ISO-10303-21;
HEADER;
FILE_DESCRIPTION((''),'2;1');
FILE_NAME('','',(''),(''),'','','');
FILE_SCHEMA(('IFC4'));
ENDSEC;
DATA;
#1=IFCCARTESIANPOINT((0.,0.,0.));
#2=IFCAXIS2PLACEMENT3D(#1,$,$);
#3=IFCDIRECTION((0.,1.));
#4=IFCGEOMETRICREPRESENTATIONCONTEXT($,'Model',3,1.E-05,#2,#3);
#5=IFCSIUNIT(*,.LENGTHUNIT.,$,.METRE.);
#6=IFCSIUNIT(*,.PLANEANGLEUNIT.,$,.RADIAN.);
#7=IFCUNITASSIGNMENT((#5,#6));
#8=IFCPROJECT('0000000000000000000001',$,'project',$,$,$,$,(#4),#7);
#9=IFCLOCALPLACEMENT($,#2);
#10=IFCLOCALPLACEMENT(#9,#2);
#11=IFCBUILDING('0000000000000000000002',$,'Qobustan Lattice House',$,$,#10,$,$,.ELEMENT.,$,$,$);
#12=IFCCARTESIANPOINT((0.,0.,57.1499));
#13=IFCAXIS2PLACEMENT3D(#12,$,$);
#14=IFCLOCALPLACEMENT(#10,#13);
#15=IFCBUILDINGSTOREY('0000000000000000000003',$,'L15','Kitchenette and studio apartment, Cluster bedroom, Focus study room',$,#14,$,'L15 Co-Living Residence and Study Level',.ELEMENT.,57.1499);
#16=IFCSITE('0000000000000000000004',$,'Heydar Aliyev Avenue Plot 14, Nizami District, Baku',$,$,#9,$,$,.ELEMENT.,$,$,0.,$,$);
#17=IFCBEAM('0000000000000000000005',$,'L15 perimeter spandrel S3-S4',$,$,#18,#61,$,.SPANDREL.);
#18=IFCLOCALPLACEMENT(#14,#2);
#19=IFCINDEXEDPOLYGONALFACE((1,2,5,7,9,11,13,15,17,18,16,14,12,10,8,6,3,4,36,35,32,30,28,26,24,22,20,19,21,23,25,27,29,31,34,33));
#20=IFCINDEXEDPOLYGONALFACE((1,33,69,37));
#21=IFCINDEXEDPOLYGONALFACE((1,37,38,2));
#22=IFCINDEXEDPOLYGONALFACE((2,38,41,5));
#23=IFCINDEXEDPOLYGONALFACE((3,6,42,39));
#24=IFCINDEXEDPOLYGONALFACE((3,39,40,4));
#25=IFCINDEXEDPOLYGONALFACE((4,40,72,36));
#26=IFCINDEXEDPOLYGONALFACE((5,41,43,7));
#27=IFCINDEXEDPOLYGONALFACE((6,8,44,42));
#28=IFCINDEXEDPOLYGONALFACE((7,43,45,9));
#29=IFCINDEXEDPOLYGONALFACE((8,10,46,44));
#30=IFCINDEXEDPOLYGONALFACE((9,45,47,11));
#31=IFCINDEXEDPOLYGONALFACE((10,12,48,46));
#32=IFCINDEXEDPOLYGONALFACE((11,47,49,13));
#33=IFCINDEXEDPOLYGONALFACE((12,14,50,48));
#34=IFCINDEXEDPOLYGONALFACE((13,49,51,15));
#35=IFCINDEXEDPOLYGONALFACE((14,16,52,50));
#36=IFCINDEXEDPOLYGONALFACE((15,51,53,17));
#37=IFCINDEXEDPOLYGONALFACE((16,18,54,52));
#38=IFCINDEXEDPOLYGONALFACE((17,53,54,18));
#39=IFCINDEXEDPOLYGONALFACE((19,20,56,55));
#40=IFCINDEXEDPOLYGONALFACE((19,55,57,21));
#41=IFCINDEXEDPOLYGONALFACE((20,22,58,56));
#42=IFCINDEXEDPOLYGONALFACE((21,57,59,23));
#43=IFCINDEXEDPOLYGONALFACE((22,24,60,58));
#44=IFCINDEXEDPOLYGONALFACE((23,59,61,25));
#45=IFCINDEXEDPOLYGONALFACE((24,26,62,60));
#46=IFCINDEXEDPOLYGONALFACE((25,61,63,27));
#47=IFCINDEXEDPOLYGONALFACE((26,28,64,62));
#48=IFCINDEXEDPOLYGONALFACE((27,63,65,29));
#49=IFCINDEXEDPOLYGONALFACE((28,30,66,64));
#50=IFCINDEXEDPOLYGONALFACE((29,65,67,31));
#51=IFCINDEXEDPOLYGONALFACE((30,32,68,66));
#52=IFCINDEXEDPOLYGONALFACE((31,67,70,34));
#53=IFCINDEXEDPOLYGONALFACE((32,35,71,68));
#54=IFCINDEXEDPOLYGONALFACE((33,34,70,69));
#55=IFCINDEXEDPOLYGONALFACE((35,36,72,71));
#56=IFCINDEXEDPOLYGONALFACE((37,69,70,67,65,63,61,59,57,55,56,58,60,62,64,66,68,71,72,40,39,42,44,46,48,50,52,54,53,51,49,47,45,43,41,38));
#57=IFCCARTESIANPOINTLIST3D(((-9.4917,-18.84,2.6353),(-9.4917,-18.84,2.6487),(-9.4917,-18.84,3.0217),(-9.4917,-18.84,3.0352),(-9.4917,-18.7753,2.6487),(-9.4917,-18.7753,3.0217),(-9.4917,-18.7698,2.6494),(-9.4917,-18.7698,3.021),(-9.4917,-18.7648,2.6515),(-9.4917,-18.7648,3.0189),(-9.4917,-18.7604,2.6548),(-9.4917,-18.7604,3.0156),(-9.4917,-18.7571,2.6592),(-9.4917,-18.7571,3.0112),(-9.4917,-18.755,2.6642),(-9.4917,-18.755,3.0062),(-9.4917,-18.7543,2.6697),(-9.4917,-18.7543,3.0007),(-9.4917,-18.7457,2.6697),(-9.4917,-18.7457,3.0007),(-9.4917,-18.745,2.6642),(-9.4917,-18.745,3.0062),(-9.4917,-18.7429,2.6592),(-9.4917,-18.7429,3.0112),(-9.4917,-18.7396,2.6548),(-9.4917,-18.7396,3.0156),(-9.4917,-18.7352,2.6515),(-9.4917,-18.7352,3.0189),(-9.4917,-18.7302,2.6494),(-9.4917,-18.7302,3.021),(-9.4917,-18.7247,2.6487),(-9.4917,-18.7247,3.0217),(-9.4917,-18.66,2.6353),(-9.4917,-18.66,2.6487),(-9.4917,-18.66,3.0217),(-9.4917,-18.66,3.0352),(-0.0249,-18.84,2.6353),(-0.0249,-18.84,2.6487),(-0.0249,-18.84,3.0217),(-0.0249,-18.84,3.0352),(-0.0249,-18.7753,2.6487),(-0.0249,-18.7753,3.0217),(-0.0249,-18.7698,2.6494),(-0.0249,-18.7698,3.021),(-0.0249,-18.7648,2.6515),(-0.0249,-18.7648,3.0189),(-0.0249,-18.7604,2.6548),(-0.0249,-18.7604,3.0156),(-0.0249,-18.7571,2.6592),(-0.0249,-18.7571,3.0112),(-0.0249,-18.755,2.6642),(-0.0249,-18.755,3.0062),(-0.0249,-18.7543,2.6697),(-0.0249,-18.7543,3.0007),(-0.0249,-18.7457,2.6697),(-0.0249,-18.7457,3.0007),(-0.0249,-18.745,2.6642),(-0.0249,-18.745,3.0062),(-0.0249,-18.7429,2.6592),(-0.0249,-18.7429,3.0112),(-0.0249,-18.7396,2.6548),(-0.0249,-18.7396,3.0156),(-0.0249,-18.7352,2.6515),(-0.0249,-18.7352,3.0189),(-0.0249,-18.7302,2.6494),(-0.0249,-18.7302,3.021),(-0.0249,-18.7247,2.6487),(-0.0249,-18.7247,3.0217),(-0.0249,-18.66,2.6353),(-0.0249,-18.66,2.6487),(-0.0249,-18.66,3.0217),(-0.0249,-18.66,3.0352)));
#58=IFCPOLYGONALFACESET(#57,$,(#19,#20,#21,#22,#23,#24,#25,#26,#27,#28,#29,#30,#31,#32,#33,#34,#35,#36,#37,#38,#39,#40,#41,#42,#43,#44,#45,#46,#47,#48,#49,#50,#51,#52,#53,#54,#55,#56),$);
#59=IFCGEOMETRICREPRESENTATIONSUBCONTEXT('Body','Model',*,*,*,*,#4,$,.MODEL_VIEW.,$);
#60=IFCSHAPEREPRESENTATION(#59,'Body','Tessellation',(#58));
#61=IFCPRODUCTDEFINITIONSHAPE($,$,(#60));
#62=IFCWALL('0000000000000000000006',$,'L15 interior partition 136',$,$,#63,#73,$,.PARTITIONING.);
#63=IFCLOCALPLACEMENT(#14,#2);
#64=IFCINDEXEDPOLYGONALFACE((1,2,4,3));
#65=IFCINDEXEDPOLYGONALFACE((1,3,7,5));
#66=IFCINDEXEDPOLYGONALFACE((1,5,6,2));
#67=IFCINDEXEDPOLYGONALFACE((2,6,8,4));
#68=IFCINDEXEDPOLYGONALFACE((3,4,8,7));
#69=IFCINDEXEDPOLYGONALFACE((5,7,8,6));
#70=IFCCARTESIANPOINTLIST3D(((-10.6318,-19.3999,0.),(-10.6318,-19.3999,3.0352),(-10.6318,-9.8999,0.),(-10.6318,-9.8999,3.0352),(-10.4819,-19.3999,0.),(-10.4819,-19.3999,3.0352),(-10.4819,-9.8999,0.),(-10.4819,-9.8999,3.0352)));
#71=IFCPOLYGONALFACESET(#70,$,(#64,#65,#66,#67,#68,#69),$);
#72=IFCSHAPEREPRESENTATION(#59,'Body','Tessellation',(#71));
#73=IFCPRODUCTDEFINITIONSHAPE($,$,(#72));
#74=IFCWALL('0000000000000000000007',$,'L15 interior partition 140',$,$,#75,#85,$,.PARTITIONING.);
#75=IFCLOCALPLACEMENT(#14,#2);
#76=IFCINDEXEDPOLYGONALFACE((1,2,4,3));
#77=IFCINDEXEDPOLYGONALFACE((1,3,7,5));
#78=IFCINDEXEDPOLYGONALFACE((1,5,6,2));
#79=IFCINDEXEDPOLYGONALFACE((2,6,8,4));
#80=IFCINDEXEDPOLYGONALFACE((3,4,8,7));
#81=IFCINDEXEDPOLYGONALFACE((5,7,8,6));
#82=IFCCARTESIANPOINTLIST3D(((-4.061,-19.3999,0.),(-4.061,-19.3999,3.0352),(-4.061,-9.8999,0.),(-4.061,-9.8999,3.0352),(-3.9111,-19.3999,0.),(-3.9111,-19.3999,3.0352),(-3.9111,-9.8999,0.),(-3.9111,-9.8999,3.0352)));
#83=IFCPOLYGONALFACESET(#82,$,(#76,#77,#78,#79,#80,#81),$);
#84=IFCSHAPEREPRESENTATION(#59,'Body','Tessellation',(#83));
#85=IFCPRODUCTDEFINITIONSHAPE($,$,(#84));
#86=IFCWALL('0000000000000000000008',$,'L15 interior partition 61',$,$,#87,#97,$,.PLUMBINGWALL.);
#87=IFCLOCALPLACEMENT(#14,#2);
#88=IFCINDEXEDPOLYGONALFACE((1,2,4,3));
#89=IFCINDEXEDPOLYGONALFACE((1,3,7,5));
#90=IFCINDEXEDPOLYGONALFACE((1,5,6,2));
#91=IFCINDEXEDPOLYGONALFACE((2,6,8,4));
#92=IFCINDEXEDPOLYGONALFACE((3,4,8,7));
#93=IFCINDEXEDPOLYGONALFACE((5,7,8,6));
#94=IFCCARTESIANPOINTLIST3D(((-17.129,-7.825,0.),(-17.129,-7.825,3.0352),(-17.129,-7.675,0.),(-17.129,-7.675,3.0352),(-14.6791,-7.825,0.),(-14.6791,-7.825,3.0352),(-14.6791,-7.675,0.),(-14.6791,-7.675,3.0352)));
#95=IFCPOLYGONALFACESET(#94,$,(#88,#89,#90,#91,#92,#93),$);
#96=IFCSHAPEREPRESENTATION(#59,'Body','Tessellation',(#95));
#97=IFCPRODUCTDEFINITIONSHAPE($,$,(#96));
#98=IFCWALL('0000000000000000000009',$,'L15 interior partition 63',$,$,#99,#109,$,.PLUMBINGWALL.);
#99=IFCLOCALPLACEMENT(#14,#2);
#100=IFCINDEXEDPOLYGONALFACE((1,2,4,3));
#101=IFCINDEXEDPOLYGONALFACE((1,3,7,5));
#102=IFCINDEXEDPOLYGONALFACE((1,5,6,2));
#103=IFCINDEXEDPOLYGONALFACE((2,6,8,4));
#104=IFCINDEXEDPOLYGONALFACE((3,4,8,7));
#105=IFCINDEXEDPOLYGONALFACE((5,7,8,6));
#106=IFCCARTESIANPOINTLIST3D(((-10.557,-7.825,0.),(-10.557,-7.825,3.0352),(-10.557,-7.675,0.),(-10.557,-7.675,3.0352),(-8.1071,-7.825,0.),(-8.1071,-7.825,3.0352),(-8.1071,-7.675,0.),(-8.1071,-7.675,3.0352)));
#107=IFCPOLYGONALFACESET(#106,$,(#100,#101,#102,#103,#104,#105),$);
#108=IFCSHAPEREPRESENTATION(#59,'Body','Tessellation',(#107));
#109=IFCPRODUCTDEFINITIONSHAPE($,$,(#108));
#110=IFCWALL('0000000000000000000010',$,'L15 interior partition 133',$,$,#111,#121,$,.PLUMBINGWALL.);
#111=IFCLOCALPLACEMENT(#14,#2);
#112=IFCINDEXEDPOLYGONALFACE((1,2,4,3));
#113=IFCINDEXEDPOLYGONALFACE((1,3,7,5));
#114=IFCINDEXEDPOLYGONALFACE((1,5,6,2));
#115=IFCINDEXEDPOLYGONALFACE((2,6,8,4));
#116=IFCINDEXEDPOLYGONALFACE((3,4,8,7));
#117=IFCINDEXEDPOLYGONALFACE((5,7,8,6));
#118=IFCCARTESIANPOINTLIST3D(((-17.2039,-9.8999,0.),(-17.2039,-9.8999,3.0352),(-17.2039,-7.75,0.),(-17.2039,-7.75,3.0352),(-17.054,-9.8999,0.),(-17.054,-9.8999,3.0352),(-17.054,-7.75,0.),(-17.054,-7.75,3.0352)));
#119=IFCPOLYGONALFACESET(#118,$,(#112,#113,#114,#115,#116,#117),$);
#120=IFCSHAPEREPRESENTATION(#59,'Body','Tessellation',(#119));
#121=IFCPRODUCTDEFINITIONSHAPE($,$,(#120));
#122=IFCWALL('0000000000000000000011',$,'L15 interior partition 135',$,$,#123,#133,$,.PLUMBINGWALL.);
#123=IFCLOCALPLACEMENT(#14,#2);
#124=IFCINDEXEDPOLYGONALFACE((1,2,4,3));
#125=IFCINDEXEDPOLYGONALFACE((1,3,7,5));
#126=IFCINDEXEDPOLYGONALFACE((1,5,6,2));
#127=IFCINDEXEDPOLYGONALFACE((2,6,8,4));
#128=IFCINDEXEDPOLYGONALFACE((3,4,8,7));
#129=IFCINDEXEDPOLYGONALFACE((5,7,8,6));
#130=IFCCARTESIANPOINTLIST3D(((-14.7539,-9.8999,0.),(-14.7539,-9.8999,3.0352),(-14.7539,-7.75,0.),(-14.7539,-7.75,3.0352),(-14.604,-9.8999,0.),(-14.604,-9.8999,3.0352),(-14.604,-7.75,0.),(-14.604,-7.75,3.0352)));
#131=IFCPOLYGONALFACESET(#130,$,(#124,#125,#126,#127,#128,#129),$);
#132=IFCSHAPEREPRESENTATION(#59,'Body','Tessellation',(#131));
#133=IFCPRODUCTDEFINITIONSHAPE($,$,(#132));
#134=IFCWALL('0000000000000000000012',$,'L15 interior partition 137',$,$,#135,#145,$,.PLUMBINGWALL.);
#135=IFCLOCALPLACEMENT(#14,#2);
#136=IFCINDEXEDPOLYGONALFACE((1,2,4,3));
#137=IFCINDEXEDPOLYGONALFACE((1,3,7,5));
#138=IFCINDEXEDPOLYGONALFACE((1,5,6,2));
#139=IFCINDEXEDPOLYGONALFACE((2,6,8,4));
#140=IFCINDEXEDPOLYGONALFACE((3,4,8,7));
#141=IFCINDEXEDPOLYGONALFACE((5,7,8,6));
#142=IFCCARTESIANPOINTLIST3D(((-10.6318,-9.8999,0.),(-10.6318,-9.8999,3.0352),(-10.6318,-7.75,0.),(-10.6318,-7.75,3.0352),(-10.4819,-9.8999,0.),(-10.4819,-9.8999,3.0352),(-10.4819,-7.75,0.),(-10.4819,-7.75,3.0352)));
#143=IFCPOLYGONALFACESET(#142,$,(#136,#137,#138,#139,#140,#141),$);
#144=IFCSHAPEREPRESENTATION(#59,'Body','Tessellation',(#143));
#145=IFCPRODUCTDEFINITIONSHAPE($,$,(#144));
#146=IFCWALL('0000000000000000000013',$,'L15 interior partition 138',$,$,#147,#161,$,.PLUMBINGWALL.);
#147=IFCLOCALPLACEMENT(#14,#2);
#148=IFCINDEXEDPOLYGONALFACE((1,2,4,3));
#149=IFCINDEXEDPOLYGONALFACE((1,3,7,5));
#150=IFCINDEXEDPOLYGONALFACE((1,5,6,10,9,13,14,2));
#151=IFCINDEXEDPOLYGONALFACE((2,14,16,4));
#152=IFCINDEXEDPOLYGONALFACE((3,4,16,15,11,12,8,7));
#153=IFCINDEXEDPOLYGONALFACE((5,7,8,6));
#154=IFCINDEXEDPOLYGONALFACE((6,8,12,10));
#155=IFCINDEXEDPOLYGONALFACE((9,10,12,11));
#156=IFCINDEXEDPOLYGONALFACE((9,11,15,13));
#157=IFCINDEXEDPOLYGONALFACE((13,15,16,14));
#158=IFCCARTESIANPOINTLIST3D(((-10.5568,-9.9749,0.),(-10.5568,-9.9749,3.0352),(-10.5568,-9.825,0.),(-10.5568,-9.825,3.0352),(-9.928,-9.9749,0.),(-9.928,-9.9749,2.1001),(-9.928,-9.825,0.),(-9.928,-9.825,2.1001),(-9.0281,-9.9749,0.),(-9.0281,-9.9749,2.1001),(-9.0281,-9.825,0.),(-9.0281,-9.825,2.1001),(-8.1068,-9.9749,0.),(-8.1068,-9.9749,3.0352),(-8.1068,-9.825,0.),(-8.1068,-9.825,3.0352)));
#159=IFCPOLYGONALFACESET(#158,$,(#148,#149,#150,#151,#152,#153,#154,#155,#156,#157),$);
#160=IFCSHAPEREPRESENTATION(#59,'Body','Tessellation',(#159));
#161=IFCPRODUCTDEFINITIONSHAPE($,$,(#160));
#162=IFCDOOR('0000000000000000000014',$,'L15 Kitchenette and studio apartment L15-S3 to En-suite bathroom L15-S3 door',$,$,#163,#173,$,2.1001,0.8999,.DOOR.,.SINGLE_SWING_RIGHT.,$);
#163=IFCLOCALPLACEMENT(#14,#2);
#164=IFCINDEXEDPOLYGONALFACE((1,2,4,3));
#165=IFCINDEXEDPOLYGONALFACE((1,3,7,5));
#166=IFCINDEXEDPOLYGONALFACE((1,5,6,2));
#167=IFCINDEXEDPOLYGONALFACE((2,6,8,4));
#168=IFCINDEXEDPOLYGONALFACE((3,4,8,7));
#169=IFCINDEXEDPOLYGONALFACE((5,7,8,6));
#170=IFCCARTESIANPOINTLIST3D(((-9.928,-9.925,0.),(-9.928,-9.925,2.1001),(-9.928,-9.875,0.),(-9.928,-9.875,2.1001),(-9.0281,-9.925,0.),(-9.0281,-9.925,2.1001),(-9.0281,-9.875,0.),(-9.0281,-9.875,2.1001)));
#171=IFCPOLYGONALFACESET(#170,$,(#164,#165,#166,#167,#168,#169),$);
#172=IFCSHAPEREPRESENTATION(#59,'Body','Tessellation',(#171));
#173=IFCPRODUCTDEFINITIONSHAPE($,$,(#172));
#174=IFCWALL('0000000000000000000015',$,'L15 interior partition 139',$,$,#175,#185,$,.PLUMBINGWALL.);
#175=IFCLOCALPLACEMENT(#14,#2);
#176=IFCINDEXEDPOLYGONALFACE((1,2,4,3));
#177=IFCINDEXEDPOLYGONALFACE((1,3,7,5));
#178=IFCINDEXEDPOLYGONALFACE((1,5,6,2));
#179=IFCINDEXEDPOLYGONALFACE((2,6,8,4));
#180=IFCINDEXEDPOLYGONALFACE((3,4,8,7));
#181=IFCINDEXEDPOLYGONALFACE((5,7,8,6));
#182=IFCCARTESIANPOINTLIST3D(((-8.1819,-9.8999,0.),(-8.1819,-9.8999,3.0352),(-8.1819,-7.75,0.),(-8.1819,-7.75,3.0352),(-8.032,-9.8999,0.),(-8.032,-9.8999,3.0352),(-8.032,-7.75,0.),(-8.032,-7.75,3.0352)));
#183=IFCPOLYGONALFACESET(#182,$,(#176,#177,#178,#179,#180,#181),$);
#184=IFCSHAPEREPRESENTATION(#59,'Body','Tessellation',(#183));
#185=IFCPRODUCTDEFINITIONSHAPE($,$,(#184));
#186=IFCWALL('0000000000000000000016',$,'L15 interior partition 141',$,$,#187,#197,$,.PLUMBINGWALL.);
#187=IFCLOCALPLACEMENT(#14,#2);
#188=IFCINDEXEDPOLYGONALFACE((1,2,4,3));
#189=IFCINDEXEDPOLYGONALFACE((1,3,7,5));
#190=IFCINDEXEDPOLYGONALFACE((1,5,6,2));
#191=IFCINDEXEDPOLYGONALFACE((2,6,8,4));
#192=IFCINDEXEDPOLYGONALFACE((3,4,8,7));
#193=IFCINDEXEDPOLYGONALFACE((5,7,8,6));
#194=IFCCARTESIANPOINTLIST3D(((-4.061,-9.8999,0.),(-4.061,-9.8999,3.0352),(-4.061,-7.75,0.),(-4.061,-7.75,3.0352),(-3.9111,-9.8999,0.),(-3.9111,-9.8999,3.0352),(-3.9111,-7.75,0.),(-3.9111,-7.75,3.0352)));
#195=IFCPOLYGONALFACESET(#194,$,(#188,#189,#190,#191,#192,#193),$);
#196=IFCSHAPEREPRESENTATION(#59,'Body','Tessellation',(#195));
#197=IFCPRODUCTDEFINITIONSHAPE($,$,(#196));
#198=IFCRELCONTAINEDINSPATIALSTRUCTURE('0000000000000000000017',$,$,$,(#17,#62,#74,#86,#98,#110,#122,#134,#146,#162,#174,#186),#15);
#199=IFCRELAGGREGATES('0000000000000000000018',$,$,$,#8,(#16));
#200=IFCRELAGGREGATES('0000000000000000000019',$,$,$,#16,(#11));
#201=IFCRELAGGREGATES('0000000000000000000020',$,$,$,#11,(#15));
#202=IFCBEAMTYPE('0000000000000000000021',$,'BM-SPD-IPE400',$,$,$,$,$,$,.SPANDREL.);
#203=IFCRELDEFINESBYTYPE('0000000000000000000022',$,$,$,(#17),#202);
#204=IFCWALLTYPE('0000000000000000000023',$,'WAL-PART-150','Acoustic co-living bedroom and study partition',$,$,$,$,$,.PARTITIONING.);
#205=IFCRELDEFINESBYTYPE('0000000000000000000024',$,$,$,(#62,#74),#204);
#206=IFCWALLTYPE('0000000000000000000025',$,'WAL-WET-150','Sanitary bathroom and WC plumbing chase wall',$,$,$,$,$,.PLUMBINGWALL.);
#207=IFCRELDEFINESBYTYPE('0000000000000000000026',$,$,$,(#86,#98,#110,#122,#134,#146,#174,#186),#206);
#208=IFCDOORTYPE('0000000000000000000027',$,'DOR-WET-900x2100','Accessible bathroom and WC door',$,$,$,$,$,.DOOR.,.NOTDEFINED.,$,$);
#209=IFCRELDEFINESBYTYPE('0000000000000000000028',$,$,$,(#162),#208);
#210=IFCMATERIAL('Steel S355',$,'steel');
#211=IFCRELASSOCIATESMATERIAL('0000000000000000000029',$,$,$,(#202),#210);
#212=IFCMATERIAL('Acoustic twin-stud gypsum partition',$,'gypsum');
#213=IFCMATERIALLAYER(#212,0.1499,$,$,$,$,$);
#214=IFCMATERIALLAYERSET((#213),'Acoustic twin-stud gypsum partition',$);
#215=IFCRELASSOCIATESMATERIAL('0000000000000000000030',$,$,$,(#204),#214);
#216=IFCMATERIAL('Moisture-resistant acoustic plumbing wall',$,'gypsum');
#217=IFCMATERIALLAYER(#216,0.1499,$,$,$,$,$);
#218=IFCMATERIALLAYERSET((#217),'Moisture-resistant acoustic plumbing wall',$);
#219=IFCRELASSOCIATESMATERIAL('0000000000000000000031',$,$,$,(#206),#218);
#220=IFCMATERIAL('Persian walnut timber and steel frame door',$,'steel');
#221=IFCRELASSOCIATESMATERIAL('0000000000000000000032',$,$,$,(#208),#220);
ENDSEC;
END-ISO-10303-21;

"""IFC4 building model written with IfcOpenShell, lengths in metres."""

from ifc_helpers import new_model, si_unit, direction, frame, frame_2d, origin, origin_2d, place, context, subcontext, project, spatial, rectangle, i_section, extrude, material, layer, layer_set, material_profile, profile_set, type_object, element, fill, save


model = new_model("IFC4")

# Units and contexts
model_context = context("Model", 3, precision=1e-05, world=origin(), true_north=direction((0.0, 1.0)))
body_context = subcontext(model_context, "Body", "Model", "MODEL_VIEW")
ifc_project = project(units=[si_unit("LENGTHUNIT", "METRE"), si_unit("PLANEANGLEUNIT", "RADIAN")], contexts=[model_context])

# Site, building, storey
site_placement = place(None, origin())
site = spatial("IfcSite", under=ifc_project, at=site_placement, Name="Heydar Aliyev Avenue Plot 14, Nizami District, Baku", CompositionType="ELEMENT", RefElevation=0.0)
building_placement = place(site_placement, origin())
building = spatial("IfcBuilding", under=site, at=building_placement, Name="Qobustan Lattice House", CompositionType="ELEMENT")
storey_placement = place(building_placement, frame((0.0, 0.0, 57.1499)))
storey = spatial("IfcBuildingStorey", under=building, at=storey_placement, Name="L15", Description="Kitchenette and studio apartment, Cluster bedroom, Focus study room", LongName="L15 Co-Living Residence and Study Level", CompositionType="ELEMENT", Elevation=57.1499)

# Beam
ifc_material_1 = material(Name="Steel S355", Category="steel")
ifc_material_profile_1 = material_profile(ifc_material_1, i_section(OverallWidth=0.1799, OverallDepth=0.3999, WebThickness=0.0085, FlangeThickness=0.0134, FilletRadius=0.021, at=origin_2d()), Name="IPE400")
ifc_profile_set_1 = profile_set([ifc_material_profile_1], Name="Steel S355")
beam_type_1 = type_object("IfcBeamType", Name="BM-SPD-IPE400", PredefinedType="SPANDREL", material=ifc_profile_set_1)
beam_1_placement = place(storey_placement, frame((-9.4917, -18.75, 2.8352), z_axis=(1.0, 0.0, 0.0), x_axis=(0.0, 1.0, 0.0)))
element("IfcBeam", 1, at=beam_1_placement, inside=storey, type_object=beam_type_1, Name="L15 perimeter spandrel S3-S4", PredefinedType="SPANDREL", context=body_context, shape_type="SweptSolid", body=[
    extrude(i_section(OverallWidth=0.1799, OverallDepth=0.3999, WebThickness=0.0085, FlangeThickness=0.0134, FilletRadius=0.021, at=origin_2d()), origin(), (0.0, 0.0, 1.0), 9.4668),
])

# Walls
ifc_material_2 = material(Name="Acoustic twin-stud gypsum partition", Category="gypsum")
ifc_layer_1 = layer(ifc_material_2, 0.1499)
ifc_layer_set_1 = layer_set([ifc_layer_1], Name="Acoustic twin-stud gypsum partition")
wall_type_1 = type_object("IfcWallType", Name="WAL-PART-150", Description="Acoustic co-living bedroom and study partition", PredefinedType="PARTITIONING", material=ifc_layer_set_1)
for number, where, z_axis, x_axis, name in (
    (2, (-10.5569, -9.8999, 0.0), (0.0, 0.0, 1.0), (0.0, -1.0, 0.0), "L15 interior partition 136"),
    (3, (-3.9861, -9.8999, 0.0), (0.0, 0.0, 1.0), (0.0, -1.0, 0.0), "L15 interior partition 140"),
):
    element("IfcWall", number, at=place(storey_placement, frame(where, z_axis=z_axis, x_axis=x_axis)), inside=storey, type_object=wall_type_1, Name=name, PredefinedType="PARTITIONING", context=body_context, shape_type="SweptSolid", body=[
        extrude(rectangle(XDim=9.5, YDim=0.1499, at=frame_2d((4.75, 0.0))), origin(), (0.0, 0.0, 1.0), 3.0352),
    ])
ifc_material_3 = material(Name="Moisture-resistant acoustic plumbing wall", Category="gypsum")
ifc_layer_2 = layer(ifc_material_3, 0.1499)
ifc_layer_set_2 = layer_set([ifc_layer_2], Name="Moisture-resistant acoustic plumbing wall")
wall_type_2 = type_object("IfcWallType", Name="WAL-WET-150", Description="Sanitary bathroom and WC plumbing chase wall", PredefinedType="PLUMBINGWALL", material=ifc_layer_set_2)
for number, where, z_axis, x_axis, name in (
    (4, (-14.679, -7.75, 0.0), (0.0, 0.0, 1.0), (-1.0, 0.0, 0.0), "L15 interior partition 61"),
    (5, (-8.1069, -7.75, 0.0), (0.0, 0.0, 1.0), (-1.0, 0.0, 0.0), "L15 interior partition 63"),
):
    element("IfcWall", number, at=place(storey_placement, frame(where, z_axis=z_axis, x_axis=x_axis)), inside=storey, type_object=wall_type_2, Name=name, PredefinedType="PLUMBINGWALL", context=body_context, shape_type="SweptSolid", body=[
        extrude(rectangle(XDim=2.45, YDim=0.1499, at=frame_2d((1.2251, 0.0))), origin(), (0.0, 0.0, 1.0), 3.0352),
    ])
for number, where, z_axis, x_axis, name in (
    (6, (-17.1289, -7.75, 0.0), (0.0, 0.0, 1.0), (0.0, -1.0, 0.0), "L15 interior partition 133"),
    (7, (-14.679, -9.8999, 0.0), (0.0, 0.0, 1.0), (0.0, 1.0, 0.0), "L15 interior partition 135"),
    (8, (-10.5569, -7.75, 0.0), (0.0, 0.0, 1.0), (0.0, -1.0, 0.0), "L15 interior partition 137"),
):
    element("IfcWall", number, at=place(storey_placement, frame(where, z_axis=z_axis, x_axis=x_axis)), inside=storey, type_object=wall_type_2, Name=name, PredefinedType="PLUMBINGWALL", context=body_context, shape_type="SweptSolid", body=[
        extrude(rectangle(XDim=2.1499, YDim=0.1499, at=frame_2d((1.075, 0.0))), origin(), (0.0, 0.0, 1.0), 3.0352),
    ])

# Wall, opening, door
wall_1_placement = place(storey_placement, frame((-10.5569, -9.8999, 0.0), z_axis=(0.0, 0.0, 1.0), x_axis=(1.0, 0.0, 0.0)))
wall_1 = element("IfcWall", 9, at=wall_1_placement, inside=storey, type_object=wall_type_2, Name="L15 interior partition 138", PredefinedType="PLUMBINGWALL", context=body_context, shape_type="SweptSolid", body=[
    extrude(rectangle(XDim=2.45, YDim=0.1499, at=frame_2d((1.2251, 0.0))), origin(), (0.0, 0.0, 1.0), 3.0352),
])
opening_1_placement = place(wall_1_placement, frame((0.6289, 0.0, 0.0)))
opening_1 = element("IfcOpeningElement", 10, at=opening_1_placement, cuts=wall_1, PredefinedType="OPENING", context=body_context, shape_type="SweptSolid", body=[
    extrude(rectangle(XDim=0.8999, YDim=2.1001, at=frame_2d((0.45, 1.05))), frame((0.0, 0.085, 0.0), z_axis=(0.0, -1.0, 0.0), x_axis=(1.0, 0.0, 0.0)), (0.0, 0.0, 1.0), 0.1699),
])
ifc_material_4 = material(Name="Persian walnut timber and steel frame door", Category="steel")
door_type_1 = type_object("IfcDoorType", Name="DOR-WET-900x2100", Description="Accessible bathroom and WC door", OperationType="NOTDEFINED", PredefinedType="DOOR", material=ifc_material_4)
door_1_placement = place(opening_1_placement, origin())
door_1 = element("IfcDoor", 11, at=door_1_placement, inside=storey, type_object=door_type_1, Name="L15 Kitchenette and studio apartment L15-S3 to En-suite bathroom L15-S3 door", OperationType="SINGLE_SWING_RIGHT", OverallHeight=2.1001, OverallWidth=0.8999, PredefinedType="DOOR", context=body_context, shape_type="SweptSolid", body=[
    extrude(rectangle(XDim=0.8999, YDim=2.1001, at=frame_2d((0.45, 1.05))), frame((0.0, 0.0249, 0.0), z_axis=(0.0, -1.0, 0.0), x_axis=(1.0, 0.0, 0.0)), (0.0, 0.0, 1.0), 0.05),
])
fill(opening_1, door_1)

# Walls
for number, where, z_axis, x_axis, name in (
    (12, (-8.1069, -9.8999, 0.0), (0.0, 0.0, 1.0), (0.0, 1.0, 0.0), "L15 interior partition 139"),
    (13, (-3.9861, -7.75, 0.0), (0.0, 0.0, 1.0), (0.0, -1.0, 0.0), "L15 interior partition 141"),
):
    element("IfcWall", number, at=place(storey_placement, frame(where, z_axis=z_axis, x_axis=x_axis)), inside=storey, type_object=wall_type_2, Name=name, PredefinedType="PLUMBINGWALL", context=body_context, shape_type="SweptSolid", body=[
        extrude(rectangle(XDim=2.1499, YDim=0.1499, at=frame_2d((1.075, 0.0))), origin(), (0.0, 0.0, 1.0), 3.0352),
    ])

save(model, "model.ifc")
